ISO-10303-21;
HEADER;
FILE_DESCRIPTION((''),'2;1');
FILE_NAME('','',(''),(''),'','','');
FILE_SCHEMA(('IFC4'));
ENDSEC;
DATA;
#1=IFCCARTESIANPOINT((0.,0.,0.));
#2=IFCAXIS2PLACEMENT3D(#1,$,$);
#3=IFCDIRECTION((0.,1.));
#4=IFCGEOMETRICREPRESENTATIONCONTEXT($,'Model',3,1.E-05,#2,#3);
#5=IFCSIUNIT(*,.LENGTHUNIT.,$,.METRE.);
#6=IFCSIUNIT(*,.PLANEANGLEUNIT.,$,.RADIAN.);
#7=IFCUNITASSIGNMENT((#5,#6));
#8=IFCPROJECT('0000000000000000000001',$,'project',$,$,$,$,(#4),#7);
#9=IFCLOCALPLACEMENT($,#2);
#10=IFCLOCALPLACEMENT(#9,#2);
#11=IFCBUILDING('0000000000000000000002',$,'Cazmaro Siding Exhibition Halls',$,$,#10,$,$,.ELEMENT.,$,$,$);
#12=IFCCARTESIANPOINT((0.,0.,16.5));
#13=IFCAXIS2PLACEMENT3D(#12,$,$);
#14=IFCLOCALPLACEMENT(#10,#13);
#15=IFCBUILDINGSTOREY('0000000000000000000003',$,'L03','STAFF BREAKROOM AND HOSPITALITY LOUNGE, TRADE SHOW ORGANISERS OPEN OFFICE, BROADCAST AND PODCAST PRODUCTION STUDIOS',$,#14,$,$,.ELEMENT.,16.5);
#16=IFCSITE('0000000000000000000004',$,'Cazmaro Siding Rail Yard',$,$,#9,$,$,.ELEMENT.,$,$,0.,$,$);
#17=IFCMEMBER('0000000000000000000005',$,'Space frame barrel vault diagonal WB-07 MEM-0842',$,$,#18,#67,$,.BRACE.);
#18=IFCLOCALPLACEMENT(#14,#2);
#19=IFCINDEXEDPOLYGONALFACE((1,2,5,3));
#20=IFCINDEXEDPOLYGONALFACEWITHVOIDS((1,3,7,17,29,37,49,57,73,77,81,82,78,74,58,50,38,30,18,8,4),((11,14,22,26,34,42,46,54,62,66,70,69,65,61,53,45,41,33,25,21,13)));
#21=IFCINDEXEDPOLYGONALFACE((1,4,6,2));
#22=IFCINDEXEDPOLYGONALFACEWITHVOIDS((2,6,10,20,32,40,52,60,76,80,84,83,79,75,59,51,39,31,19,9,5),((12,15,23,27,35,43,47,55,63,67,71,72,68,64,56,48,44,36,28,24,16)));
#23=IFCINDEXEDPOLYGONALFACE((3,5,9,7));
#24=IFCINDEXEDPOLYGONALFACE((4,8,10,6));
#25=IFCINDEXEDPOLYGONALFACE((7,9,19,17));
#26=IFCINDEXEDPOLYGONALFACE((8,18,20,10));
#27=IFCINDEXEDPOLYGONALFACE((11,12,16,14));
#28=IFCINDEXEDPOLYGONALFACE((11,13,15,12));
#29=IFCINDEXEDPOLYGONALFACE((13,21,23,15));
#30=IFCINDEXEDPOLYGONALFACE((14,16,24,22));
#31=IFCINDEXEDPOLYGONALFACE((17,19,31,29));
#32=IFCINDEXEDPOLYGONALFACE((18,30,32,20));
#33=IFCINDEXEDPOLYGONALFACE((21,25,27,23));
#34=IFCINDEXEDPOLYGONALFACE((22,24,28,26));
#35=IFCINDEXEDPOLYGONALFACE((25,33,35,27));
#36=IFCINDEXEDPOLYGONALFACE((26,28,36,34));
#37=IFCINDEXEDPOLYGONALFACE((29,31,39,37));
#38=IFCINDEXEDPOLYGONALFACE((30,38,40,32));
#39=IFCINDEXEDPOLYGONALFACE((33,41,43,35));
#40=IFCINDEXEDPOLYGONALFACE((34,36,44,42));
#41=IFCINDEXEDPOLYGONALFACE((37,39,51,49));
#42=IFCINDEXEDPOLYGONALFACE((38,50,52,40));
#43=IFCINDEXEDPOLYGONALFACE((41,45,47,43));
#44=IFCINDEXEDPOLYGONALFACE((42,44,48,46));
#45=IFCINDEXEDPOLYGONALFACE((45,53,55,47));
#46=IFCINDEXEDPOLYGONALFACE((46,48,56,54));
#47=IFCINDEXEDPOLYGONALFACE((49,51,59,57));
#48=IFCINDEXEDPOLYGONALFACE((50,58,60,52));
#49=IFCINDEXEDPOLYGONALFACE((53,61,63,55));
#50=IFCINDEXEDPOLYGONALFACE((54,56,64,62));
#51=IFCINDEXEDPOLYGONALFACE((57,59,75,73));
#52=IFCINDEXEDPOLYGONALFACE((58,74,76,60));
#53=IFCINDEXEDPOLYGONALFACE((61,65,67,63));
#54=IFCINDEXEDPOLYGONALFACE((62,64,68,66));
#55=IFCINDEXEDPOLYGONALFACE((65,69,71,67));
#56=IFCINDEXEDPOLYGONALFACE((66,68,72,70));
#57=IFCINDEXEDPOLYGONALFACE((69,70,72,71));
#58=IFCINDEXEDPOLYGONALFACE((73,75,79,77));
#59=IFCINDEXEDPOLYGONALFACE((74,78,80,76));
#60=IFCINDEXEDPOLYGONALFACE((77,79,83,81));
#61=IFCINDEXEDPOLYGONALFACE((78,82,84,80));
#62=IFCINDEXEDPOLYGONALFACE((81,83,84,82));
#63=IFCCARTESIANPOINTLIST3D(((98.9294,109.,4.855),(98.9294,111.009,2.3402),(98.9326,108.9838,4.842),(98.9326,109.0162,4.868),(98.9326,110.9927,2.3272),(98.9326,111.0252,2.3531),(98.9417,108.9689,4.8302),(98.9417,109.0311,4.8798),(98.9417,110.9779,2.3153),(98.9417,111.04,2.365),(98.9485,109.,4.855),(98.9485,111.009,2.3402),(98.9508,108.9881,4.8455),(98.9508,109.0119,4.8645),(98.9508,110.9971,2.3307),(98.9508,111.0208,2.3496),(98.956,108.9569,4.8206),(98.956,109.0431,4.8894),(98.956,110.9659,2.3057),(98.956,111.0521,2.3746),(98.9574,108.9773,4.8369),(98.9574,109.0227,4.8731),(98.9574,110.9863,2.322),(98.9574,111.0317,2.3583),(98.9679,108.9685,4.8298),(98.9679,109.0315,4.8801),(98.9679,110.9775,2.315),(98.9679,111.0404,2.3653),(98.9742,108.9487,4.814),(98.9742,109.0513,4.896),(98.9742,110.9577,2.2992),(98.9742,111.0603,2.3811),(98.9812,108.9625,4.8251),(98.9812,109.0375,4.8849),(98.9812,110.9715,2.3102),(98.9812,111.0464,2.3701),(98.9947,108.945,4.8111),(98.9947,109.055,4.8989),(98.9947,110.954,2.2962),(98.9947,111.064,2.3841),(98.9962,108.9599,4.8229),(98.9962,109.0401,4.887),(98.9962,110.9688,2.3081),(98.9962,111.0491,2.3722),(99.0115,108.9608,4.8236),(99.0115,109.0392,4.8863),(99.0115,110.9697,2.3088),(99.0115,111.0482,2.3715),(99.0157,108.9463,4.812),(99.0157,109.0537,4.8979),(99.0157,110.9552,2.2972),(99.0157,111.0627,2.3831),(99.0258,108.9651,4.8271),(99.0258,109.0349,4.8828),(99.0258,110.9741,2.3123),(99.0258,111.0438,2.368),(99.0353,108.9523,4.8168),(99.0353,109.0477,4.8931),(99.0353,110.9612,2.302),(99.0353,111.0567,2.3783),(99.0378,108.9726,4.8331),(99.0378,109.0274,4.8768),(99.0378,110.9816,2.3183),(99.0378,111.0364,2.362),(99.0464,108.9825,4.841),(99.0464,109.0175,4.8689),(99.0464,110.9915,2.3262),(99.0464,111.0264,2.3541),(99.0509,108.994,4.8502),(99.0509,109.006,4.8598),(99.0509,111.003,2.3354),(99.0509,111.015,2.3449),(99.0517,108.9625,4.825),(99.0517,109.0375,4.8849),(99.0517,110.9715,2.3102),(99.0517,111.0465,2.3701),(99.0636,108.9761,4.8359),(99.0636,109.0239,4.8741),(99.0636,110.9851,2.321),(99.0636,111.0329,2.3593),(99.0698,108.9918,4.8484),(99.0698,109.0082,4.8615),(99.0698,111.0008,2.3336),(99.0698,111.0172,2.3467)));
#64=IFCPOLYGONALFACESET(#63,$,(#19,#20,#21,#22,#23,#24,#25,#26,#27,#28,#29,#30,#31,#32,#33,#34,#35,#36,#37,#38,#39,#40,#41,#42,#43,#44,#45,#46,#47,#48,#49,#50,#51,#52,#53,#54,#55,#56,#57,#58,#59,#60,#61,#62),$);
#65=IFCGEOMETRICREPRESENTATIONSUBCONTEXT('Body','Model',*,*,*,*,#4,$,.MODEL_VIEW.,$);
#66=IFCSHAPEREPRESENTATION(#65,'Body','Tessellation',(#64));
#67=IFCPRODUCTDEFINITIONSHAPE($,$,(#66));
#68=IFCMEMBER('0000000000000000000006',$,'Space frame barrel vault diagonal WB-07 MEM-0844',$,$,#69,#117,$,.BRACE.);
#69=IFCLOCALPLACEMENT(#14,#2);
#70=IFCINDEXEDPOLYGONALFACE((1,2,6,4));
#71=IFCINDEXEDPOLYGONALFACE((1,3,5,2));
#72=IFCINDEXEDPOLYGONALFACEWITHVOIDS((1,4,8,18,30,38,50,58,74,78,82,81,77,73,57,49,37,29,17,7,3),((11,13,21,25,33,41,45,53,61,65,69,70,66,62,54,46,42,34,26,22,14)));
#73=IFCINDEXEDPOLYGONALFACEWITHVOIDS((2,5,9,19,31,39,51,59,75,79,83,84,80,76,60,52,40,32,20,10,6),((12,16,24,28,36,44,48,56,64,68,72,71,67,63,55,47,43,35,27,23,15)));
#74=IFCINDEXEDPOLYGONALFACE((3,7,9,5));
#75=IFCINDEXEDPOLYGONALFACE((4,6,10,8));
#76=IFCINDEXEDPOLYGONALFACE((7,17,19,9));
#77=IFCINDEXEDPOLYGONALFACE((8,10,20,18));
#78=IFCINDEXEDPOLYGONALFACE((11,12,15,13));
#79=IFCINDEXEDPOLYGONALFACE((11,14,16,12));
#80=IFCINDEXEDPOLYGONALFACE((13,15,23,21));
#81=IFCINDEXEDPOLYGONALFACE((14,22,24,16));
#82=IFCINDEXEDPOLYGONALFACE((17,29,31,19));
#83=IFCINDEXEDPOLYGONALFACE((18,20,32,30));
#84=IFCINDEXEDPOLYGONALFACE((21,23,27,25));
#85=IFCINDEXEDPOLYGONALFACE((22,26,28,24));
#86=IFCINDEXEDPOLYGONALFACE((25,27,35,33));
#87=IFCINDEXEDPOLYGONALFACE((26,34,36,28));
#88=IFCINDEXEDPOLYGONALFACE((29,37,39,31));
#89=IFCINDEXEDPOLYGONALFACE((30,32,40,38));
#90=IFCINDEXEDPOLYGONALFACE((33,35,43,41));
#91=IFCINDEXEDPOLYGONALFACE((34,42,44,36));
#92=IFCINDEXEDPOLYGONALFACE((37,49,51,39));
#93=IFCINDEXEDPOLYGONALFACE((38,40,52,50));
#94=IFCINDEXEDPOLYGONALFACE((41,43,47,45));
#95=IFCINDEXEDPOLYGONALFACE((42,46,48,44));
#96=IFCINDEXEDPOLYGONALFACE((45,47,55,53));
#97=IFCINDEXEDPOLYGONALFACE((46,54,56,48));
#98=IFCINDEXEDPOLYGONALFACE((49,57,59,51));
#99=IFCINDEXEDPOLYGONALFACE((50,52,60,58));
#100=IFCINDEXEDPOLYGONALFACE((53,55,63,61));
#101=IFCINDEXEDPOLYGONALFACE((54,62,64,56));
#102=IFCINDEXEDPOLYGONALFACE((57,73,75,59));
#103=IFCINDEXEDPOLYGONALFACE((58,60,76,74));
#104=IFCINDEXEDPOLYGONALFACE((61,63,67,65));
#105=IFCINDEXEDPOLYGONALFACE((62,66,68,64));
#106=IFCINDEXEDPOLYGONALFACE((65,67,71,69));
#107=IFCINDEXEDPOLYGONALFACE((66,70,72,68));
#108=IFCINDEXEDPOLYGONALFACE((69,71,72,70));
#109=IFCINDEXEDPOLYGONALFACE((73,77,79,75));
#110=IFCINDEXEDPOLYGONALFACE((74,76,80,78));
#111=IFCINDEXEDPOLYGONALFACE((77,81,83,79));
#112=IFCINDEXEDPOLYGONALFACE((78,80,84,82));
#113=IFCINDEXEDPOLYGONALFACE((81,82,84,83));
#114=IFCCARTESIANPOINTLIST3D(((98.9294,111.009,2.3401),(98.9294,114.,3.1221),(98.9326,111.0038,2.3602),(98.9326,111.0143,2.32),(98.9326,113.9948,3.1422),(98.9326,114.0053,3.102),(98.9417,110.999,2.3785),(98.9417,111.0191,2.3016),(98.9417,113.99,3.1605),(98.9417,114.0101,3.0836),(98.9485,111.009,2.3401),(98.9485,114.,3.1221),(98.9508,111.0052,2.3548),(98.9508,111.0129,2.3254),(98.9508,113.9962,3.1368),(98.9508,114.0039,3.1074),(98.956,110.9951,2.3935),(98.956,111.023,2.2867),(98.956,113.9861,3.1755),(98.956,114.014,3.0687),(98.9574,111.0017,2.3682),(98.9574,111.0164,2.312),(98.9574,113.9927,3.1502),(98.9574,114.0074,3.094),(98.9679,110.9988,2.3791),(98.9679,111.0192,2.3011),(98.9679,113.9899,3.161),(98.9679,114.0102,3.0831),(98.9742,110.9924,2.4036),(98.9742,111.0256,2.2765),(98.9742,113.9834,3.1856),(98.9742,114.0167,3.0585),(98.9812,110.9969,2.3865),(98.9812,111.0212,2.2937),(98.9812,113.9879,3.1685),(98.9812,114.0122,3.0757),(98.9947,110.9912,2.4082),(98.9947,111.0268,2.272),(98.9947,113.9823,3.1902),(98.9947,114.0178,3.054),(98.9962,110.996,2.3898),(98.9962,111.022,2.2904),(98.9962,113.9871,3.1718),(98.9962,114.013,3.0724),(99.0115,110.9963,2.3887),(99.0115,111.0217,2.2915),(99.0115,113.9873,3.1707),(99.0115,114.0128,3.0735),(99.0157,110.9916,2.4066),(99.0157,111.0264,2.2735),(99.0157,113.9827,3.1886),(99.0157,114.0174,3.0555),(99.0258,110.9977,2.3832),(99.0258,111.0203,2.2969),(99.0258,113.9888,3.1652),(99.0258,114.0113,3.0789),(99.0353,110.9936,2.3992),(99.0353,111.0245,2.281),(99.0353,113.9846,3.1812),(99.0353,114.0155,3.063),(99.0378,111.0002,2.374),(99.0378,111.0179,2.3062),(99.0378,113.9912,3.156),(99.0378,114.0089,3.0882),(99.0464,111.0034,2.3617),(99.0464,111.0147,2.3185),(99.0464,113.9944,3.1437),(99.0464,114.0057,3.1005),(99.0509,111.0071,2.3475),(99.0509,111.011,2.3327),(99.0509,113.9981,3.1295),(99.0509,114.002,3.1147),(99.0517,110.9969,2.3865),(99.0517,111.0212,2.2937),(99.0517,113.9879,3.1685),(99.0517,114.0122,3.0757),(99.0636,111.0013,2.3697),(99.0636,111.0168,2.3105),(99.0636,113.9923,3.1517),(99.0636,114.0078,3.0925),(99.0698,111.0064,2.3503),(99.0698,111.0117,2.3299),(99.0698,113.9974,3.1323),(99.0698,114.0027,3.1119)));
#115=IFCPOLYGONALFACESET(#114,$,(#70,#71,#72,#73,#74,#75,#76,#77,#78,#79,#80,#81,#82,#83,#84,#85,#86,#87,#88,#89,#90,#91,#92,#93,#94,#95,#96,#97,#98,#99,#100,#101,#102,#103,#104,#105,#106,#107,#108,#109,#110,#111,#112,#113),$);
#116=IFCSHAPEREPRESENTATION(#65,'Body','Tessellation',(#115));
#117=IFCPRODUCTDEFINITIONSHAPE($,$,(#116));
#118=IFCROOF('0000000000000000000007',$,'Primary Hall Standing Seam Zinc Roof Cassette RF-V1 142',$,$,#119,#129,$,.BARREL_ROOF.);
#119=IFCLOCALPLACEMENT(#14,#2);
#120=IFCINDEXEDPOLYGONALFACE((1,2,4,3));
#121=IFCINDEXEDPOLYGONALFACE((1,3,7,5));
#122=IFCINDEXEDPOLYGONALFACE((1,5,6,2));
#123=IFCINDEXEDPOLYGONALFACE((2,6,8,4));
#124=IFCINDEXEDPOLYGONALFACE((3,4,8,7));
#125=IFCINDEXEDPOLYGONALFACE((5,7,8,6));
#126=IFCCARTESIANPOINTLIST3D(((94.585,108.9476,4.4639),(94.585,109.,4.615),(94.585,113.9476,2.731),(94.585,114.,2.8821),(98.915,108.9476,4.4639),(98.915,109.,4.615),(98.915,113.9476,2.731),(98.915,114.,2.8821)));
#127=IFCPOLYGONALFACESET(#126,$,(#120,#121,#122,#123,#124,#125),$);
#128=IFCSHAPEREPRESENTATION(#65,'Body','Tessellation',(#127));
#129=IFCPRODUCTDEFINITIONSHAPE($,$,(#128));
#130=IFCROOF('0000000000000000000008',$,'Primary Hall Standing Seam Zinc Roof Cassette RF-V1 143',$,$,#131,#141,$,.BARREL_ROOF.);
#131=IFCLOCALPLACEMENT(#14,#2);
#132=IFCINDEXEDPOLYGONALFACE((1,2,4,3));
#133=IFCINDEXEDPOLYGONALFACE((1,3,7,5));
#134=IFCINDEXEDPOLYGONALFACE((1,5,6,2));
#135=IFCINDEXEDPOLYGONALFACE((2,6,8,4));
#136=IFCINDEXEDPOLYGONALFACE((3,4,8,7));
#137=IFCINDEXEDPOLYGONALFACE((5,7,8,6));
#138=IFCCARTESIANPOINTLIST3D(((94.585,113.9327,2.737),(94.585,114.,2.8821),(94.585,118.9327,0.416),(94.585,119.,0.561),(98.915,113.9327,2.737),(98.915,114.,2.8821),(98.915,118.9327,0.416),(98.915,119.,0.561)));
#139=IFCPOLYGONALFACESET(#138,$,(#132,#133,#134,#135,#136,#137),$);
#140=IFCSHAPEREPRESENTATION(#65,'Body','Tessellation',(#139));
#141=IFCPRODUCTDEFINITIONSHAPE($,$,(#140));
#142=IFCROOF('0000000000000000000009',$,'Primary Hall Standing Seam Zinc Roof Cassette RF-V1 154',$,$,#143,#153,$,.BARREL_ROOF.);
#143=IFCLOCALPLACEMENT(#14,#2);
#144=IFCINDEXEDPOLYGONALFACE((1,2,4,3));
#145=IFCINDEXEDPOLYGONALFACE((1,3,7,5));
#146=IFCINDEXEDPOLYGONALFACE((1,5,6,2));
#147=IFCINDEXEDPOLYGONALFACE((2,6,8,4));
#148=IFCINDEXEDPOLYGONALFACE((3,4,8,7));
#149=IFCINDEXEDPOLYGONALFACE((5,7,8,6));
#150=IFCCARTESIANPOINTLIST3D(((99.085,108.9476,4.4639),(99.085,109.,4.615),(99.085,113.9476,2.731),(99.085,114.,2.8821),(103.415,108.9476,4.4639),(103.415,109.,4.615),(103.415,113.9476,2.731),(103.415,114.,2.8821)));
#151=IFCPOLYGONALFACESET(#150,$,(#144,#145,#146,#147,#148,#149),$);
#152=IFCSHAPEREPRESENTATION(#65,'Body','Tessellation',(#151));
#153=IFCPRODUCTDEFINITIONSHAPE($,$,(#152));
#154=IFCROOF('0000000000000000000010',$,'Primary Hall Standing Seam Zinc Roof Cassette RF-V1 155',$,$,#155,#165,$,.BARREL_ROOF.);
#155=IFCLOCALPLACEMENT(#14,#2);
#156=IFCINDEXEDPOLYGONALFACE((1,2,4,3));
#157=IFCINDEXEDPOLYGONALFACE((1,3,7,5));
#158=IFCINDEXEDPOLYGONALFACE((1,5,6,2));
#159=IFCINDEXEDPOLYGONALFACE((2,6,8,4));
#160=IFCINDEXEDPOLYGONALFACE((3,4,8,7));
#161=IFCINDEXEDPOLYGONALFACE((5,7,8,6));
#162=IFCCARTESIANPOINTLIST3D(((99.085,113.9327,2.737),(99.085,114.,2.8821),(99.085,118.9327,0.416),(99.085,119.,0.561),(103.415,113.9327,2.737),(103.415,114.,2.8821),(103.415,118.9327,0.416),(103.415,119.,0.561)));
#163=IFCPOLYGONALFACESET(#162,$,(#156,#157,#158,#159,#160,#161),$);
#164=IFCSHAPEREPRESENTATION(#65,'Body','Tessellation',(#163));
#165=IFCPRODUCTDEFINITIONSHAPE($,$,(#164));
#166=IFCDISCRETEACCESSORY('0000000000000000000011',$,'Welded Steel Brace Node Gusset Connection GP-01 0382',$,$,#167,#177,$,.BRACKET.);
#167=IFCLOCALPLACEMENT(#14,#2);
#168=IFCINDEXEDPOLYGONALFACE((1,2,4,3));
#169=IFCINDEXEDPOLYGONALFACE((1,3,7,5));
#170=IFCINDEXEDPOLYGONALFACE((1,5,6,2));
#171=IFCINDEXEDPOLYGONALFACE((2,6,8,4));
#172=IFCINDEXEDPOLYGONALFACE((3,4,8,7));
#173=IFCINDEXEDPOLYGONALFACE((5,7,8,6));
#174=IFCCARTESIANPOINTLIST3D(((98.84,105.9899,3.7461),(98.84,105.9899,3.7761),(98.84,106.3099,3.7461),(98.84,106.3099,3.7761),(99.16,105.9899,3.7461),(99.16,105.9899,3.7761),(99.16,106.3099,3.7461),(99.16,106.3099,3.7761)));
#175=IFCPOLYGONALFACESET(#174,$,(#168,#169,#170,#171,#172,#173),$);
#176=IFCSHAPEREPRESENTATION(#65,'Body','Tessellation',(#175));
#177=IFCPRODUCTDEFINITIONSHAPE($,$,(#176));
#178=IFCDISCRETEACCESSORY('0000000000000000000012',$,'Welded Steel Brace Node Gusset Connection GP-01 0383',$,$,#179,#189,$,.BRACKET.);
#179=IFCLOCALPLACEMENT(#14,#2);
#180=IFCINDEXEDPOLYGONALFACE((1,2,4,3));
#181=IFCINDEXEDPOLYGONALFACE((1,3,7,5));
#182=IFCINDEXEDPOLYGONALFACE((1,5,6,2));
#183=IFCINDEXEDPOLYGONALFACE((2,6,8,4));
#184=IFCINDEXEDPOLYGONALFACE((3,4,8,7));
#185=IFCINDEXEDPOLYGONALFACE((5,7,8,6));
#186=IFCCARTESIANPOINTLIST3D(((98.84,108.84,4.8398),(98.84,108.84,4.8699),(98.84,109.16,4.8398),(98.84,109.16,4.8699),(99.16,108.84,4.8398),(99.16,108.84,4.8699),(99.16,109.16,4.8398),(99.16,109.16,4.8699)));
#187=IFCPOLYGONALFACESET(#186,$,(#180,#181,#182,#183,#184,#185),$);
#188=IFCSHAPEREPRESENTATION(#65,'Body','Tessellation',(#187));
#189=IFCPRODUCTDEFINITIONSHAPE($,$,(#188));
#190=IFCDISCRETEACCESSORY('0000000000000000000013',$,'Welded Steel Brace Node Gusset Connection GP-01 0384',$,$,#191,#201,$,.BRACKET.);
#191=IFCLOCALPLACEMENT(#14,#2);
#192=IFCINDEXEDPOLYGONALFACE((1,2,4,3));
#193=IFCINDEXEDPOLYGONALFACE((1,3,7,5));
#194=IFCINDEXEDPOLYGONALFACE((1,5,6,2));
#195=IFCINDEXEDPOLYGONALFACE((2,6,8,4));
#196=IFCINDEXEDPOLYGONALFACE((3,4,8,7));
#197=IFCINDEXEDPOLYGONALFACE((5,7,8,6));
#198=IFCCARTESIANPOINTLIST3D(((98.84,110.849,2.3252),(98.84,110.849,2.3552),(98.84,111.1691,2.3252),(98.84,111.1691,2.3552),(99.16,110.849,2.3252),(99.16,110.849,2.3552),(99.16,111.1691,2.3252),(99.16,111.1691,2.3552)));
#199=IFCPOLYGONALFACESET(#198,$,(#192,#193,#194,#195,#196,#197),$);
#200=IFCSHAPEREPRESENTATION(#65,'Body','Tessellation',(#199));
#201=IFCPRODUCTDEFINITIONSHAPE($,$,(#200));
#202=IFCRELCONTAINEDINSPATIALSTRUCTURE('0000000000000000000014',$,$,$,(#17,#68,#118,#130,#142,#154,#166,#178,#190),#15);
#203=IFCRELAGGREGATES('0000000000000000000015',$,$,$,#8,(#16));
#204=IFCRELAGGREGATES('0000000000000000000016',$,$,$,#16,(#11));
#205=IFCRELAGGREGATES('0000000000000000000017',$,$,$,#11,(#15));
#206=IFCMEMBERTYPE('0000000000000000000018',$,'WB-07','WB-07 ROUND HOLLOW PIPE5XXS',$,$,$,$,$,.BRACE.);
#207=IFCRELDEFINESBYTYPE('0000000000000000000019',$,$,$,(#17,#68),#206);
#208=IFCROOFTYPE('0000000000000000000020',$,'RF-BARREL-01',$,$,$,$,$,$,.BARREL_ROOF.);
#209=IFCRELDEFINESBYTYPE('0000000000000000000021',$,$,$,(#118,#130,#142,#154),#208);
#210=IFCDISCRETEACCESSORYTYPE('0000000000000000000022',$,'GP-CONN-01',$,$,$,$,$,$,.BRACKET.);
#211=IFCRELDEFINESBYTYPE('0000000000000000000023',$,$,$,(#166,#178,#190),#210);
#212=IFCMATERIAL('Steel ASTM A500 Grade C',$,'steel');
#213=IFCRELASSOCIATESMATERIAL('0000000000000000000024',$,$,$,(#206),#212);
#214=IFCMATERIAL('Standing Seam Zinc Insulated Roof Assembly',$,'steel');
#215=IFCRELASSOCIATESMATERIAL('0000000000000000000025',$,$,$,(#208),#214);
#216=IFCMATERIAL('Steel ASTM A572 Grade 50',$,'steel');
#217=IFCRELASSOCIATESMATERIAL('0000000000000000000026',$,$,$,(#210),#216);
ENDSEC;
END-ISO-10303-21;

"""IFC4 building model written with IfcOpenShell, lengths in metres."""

from ifc_helpers import new_model, si_unit, direction, frame, origin, origin_2d, place, context, subcontext, project, spatial, polyline, rectangle, hollow_circle, outline, extrude, material, material_profile, profile_set, type_object, element, save


model = new_model("IFC4")

# Units and contexts
model_context = context("Model", 3, precision=1e-05, world=origin(), true_north=direction((0.0, 1.0)))
body_context = subcontext(model_context, "Body", "Model", "MODEL_VIEW")
ifc_project = project(units=[si_unit("LENGTHUNIT", "METRE"), si_unit("PLANEANGLEUNIT", "RADIAN")], contexts=[model_context])

# Site, building, storey
site_placement = place(None, origin())
site = spatial("IfcSite", under=ifc_project, at=site_placement, Name="Cazmaro Siding Rail Yard", CompositionType="ELEMENT", RefElevation=0.0)
building_placement = place(site_placement, origin())
building = spatial("IfcBuilding", under=site, at=building_placement, Name="Cazmaro Siding Exhibition Halls", CompositionType="ELEMENT")
storey_placement = place(building_placement, frame((0.0, 0.0, 16.5)))
storey = spatial("IfcBuildingStorey", under=building, at=storey_placement, Name="L03", Description="STAFF BREAKROOM AND HOSPITALITY LOUNGE, TRADE SHOW ORGANISERS OPEN OFFICE, BROADCAST AND PODCAST PRODUCTION STUDIOS", CompositionType="ELEMENT", Elevation=16.5)

# Members
ifc_material_1 = material(Name="Steel ASTM A500 Grade C", Category="steel")
ifc_material_profile_1 = material_profile(ifc_material_1, hollow_circle(Radius=0.0706, WallThickness=0.019, at=origin_2d()), Name="PIPE5XXS")
ifc_profile_set_1 = profile_set([ifc_material_profile_1], Name="Steel ASTM A500 Grade C")
member_type_1 = type_object("IfcMemberType", Name="WB-07", Description="WB-07 ROUND HOLLOW PIPE5XXS", PredefinedType="BRACE", material=ifc_profile_set_1)
member_1_placement = place(storey_placement, frame((99.0, 109.0, 4.855), z_axis=(0.0, 0.624149, -0.781305), x_axis=(-1.0, 0.0, 0.0)))
element("IfcMember", 1, at=member_1_placement, inside=storey, type_object=member_type_1, Name="Space frame barrel vault diagonal WB-07 MEM-0842", PredefinedType="BRACE", context=body_context, shape_type="SweptSolid", body=[
    extrude(hollow_circle(Radius=0.0706, WallThickness=0.019, at=origin_2d()), origin(), (0.0, 0.0, 1.0), 3.2188),
])
member_2_placement = place(storey_placement, frame((99.0, 111.009, 2.3401), z_axis=(0.0, 0.96748, 0.252946), x_axis=(-1.0, 0.0, 0.0)))
element("IfcMember", 2, at=member_2_placement, inside=storey, type_object=member_type_1, Name="Space frame barrel vault diagonal WB-07 MEM-0844", PredefinedType="BRACE", context=body_context, shape_type="SweptSolid", body=[
    extrude(hollow_circle(Radius=0.0706, WallThickness=0.019, at=origin_2d()), origin(), (0.0, 0.0, 1.0), 3.0916),
])

# Roofs
ifc_material_2 = material(Name="Standing Seam Zinc Insulated Roof Assembly", Category="steel")
roof_type = type_object("IfcRoofType", Name="RF-BARREL-01", PredefinedType="BARREL_ROOF", material=ifc_material_2)
roof_1_placement = place(storey_placement, frame((94.585, 109.0, 4.615), z_axis=(0.0, 0.327472, 0.944861), x_axis=(1.0, 0.0, 0.0)))
element("IfcRoof", 3, at=roof_1_placement, inside=storey, type_object=roof_type, Name="Primary Hall Standing Seam Zinc Roof Cassette RF-V1 142", PredefinedType="BARREL_ROOF", context=body_context, shape_type="SweptSolid", body=[
    extrude(outline(polyline([(0.0, 0.0), (4.3301, 0.0), (4.3301, 5.2918), (0.0, 5.2918), (0.0, 0.0)])), origin(), (0.0, 0.0, -1.0), 0.1599),
])
roof_2_placement = place(storey_placement, frame((94.585, 114.0, 2.8821), z_axis=(0.0, 0.421054, 0.907036), x_axis=(1.0, 0.0, 0.0)))
element("IfcRoof", 4, at=roof_2_placement, inside=storey, type_object=roof_type, Name="Primary Hall Standing Seam Zinc Roof Cassette RF-V1 143", PredefinedType="BARREL_ROOF", context=body_context, shape_type="SweptSolid", body=[
    extrude(outline(polyline([(0.0, 0.0), (4.3301, 0.0), (4.3301, 5.5125), (0.0, 5.5125), (0.0, 0.0)])), origin(), (0.0, 0.0, -1.0), 0.1599),
])
roof_3_placement = place(storey_placement, frame((99.085, 109.0, 4.615), z_axis=(0.0, 0.327472, 0.944861), x_axis=(1.0, 0.0, 0.0)))
element("IfcRoof", 5, at=roof_3_placement, inside=storey, type_object=roof_type, Name="Primary Hall Standing Seam Zinc Roof Cassette RF-V1 154", PredefinedType="BARREL_ROOF", context=body_context, shape_type="SweptSolid", body=[
    extrude(outline(polyline([(0.0, 0.0), (4.3301, 0.0), (4.3301, 5.2918), (0.0, 5.2918), (0.0, 0.0)])), origin(), (0.0, 0.0, -1.0), 0.1599),
])
roof_4_placement = place(storey_placement, frame((99.085, 114.0, 2.8821), z_axis=(0.0, 0.421054, 0.907036), x_axis=(1.0, 0.0, 0.0)))
element("IfcRoof", 6, at=roof_4_placement, inside=storey, type_object=roof_type, Name="Primary Hall Standing Seam Zinc Roof Cassette RF-V1 155", PredefinedType="BARREL_ROOF", context=body_context, shape_type="SweptSolid", body=[
    extrude(outline(polyline([(0.0, 0.0), (4.3301, 0.0), (4.3301, 5.5125), (0.0, 5.5125), (0.0, 0.0)])), origin(), (0.0, 0.0, -1.0), 0.1599),
])

# Discrete accessories
ifc_material_3 = material(Name="Steel ASTM A572 Grade 50", Category="steel")
discrete_accessory_type = type_object("IfcDiscreteAccessoryType", Name="GP-CONN-01", PredefinedType="BRACKET", material=ifc_material_3)
for number, where, z_axis, x_axis, name in (
    (7, (99.0, 106.1499, 3.7461), (0.0, 0.0, 1.0), (1.0, 0.0, 0.0), "Welded Steel Brace Node Gusset Connection GP-01 0382"),
    (8, (99.0, 109.0, 4.8398), (0.0, 0.0, 1.0), (1.0, 0.0, 0.0), "Welded Steel Brace Node Gusset Connection GP-01 0383"),
    (9, (99.0, 111.009, 2.3252), (0.0, 0.0, 1.0), (1.0, 0.0, 0.0), "Welded Steel Brace Node Gusset Connection GP-01 0384"),
):
    element("IfcDiscreteAccessory", number, at=place(storey_placement, frame(where, z_axis=z_axis, x_axis=x_axis)), inside=storey, type_object=discrete_accessory_type, Name=name, PredefinedType="BRACKET", context=body_context, shape_type="SweptSolid", body=[
        extrude(rectangle(XDim=0.3201, YDim=0.3201, at=origin_2d()), origin(), (0.0, 0.0, 1.0), 0.03),
    ])

save(model, "model.ifc")
